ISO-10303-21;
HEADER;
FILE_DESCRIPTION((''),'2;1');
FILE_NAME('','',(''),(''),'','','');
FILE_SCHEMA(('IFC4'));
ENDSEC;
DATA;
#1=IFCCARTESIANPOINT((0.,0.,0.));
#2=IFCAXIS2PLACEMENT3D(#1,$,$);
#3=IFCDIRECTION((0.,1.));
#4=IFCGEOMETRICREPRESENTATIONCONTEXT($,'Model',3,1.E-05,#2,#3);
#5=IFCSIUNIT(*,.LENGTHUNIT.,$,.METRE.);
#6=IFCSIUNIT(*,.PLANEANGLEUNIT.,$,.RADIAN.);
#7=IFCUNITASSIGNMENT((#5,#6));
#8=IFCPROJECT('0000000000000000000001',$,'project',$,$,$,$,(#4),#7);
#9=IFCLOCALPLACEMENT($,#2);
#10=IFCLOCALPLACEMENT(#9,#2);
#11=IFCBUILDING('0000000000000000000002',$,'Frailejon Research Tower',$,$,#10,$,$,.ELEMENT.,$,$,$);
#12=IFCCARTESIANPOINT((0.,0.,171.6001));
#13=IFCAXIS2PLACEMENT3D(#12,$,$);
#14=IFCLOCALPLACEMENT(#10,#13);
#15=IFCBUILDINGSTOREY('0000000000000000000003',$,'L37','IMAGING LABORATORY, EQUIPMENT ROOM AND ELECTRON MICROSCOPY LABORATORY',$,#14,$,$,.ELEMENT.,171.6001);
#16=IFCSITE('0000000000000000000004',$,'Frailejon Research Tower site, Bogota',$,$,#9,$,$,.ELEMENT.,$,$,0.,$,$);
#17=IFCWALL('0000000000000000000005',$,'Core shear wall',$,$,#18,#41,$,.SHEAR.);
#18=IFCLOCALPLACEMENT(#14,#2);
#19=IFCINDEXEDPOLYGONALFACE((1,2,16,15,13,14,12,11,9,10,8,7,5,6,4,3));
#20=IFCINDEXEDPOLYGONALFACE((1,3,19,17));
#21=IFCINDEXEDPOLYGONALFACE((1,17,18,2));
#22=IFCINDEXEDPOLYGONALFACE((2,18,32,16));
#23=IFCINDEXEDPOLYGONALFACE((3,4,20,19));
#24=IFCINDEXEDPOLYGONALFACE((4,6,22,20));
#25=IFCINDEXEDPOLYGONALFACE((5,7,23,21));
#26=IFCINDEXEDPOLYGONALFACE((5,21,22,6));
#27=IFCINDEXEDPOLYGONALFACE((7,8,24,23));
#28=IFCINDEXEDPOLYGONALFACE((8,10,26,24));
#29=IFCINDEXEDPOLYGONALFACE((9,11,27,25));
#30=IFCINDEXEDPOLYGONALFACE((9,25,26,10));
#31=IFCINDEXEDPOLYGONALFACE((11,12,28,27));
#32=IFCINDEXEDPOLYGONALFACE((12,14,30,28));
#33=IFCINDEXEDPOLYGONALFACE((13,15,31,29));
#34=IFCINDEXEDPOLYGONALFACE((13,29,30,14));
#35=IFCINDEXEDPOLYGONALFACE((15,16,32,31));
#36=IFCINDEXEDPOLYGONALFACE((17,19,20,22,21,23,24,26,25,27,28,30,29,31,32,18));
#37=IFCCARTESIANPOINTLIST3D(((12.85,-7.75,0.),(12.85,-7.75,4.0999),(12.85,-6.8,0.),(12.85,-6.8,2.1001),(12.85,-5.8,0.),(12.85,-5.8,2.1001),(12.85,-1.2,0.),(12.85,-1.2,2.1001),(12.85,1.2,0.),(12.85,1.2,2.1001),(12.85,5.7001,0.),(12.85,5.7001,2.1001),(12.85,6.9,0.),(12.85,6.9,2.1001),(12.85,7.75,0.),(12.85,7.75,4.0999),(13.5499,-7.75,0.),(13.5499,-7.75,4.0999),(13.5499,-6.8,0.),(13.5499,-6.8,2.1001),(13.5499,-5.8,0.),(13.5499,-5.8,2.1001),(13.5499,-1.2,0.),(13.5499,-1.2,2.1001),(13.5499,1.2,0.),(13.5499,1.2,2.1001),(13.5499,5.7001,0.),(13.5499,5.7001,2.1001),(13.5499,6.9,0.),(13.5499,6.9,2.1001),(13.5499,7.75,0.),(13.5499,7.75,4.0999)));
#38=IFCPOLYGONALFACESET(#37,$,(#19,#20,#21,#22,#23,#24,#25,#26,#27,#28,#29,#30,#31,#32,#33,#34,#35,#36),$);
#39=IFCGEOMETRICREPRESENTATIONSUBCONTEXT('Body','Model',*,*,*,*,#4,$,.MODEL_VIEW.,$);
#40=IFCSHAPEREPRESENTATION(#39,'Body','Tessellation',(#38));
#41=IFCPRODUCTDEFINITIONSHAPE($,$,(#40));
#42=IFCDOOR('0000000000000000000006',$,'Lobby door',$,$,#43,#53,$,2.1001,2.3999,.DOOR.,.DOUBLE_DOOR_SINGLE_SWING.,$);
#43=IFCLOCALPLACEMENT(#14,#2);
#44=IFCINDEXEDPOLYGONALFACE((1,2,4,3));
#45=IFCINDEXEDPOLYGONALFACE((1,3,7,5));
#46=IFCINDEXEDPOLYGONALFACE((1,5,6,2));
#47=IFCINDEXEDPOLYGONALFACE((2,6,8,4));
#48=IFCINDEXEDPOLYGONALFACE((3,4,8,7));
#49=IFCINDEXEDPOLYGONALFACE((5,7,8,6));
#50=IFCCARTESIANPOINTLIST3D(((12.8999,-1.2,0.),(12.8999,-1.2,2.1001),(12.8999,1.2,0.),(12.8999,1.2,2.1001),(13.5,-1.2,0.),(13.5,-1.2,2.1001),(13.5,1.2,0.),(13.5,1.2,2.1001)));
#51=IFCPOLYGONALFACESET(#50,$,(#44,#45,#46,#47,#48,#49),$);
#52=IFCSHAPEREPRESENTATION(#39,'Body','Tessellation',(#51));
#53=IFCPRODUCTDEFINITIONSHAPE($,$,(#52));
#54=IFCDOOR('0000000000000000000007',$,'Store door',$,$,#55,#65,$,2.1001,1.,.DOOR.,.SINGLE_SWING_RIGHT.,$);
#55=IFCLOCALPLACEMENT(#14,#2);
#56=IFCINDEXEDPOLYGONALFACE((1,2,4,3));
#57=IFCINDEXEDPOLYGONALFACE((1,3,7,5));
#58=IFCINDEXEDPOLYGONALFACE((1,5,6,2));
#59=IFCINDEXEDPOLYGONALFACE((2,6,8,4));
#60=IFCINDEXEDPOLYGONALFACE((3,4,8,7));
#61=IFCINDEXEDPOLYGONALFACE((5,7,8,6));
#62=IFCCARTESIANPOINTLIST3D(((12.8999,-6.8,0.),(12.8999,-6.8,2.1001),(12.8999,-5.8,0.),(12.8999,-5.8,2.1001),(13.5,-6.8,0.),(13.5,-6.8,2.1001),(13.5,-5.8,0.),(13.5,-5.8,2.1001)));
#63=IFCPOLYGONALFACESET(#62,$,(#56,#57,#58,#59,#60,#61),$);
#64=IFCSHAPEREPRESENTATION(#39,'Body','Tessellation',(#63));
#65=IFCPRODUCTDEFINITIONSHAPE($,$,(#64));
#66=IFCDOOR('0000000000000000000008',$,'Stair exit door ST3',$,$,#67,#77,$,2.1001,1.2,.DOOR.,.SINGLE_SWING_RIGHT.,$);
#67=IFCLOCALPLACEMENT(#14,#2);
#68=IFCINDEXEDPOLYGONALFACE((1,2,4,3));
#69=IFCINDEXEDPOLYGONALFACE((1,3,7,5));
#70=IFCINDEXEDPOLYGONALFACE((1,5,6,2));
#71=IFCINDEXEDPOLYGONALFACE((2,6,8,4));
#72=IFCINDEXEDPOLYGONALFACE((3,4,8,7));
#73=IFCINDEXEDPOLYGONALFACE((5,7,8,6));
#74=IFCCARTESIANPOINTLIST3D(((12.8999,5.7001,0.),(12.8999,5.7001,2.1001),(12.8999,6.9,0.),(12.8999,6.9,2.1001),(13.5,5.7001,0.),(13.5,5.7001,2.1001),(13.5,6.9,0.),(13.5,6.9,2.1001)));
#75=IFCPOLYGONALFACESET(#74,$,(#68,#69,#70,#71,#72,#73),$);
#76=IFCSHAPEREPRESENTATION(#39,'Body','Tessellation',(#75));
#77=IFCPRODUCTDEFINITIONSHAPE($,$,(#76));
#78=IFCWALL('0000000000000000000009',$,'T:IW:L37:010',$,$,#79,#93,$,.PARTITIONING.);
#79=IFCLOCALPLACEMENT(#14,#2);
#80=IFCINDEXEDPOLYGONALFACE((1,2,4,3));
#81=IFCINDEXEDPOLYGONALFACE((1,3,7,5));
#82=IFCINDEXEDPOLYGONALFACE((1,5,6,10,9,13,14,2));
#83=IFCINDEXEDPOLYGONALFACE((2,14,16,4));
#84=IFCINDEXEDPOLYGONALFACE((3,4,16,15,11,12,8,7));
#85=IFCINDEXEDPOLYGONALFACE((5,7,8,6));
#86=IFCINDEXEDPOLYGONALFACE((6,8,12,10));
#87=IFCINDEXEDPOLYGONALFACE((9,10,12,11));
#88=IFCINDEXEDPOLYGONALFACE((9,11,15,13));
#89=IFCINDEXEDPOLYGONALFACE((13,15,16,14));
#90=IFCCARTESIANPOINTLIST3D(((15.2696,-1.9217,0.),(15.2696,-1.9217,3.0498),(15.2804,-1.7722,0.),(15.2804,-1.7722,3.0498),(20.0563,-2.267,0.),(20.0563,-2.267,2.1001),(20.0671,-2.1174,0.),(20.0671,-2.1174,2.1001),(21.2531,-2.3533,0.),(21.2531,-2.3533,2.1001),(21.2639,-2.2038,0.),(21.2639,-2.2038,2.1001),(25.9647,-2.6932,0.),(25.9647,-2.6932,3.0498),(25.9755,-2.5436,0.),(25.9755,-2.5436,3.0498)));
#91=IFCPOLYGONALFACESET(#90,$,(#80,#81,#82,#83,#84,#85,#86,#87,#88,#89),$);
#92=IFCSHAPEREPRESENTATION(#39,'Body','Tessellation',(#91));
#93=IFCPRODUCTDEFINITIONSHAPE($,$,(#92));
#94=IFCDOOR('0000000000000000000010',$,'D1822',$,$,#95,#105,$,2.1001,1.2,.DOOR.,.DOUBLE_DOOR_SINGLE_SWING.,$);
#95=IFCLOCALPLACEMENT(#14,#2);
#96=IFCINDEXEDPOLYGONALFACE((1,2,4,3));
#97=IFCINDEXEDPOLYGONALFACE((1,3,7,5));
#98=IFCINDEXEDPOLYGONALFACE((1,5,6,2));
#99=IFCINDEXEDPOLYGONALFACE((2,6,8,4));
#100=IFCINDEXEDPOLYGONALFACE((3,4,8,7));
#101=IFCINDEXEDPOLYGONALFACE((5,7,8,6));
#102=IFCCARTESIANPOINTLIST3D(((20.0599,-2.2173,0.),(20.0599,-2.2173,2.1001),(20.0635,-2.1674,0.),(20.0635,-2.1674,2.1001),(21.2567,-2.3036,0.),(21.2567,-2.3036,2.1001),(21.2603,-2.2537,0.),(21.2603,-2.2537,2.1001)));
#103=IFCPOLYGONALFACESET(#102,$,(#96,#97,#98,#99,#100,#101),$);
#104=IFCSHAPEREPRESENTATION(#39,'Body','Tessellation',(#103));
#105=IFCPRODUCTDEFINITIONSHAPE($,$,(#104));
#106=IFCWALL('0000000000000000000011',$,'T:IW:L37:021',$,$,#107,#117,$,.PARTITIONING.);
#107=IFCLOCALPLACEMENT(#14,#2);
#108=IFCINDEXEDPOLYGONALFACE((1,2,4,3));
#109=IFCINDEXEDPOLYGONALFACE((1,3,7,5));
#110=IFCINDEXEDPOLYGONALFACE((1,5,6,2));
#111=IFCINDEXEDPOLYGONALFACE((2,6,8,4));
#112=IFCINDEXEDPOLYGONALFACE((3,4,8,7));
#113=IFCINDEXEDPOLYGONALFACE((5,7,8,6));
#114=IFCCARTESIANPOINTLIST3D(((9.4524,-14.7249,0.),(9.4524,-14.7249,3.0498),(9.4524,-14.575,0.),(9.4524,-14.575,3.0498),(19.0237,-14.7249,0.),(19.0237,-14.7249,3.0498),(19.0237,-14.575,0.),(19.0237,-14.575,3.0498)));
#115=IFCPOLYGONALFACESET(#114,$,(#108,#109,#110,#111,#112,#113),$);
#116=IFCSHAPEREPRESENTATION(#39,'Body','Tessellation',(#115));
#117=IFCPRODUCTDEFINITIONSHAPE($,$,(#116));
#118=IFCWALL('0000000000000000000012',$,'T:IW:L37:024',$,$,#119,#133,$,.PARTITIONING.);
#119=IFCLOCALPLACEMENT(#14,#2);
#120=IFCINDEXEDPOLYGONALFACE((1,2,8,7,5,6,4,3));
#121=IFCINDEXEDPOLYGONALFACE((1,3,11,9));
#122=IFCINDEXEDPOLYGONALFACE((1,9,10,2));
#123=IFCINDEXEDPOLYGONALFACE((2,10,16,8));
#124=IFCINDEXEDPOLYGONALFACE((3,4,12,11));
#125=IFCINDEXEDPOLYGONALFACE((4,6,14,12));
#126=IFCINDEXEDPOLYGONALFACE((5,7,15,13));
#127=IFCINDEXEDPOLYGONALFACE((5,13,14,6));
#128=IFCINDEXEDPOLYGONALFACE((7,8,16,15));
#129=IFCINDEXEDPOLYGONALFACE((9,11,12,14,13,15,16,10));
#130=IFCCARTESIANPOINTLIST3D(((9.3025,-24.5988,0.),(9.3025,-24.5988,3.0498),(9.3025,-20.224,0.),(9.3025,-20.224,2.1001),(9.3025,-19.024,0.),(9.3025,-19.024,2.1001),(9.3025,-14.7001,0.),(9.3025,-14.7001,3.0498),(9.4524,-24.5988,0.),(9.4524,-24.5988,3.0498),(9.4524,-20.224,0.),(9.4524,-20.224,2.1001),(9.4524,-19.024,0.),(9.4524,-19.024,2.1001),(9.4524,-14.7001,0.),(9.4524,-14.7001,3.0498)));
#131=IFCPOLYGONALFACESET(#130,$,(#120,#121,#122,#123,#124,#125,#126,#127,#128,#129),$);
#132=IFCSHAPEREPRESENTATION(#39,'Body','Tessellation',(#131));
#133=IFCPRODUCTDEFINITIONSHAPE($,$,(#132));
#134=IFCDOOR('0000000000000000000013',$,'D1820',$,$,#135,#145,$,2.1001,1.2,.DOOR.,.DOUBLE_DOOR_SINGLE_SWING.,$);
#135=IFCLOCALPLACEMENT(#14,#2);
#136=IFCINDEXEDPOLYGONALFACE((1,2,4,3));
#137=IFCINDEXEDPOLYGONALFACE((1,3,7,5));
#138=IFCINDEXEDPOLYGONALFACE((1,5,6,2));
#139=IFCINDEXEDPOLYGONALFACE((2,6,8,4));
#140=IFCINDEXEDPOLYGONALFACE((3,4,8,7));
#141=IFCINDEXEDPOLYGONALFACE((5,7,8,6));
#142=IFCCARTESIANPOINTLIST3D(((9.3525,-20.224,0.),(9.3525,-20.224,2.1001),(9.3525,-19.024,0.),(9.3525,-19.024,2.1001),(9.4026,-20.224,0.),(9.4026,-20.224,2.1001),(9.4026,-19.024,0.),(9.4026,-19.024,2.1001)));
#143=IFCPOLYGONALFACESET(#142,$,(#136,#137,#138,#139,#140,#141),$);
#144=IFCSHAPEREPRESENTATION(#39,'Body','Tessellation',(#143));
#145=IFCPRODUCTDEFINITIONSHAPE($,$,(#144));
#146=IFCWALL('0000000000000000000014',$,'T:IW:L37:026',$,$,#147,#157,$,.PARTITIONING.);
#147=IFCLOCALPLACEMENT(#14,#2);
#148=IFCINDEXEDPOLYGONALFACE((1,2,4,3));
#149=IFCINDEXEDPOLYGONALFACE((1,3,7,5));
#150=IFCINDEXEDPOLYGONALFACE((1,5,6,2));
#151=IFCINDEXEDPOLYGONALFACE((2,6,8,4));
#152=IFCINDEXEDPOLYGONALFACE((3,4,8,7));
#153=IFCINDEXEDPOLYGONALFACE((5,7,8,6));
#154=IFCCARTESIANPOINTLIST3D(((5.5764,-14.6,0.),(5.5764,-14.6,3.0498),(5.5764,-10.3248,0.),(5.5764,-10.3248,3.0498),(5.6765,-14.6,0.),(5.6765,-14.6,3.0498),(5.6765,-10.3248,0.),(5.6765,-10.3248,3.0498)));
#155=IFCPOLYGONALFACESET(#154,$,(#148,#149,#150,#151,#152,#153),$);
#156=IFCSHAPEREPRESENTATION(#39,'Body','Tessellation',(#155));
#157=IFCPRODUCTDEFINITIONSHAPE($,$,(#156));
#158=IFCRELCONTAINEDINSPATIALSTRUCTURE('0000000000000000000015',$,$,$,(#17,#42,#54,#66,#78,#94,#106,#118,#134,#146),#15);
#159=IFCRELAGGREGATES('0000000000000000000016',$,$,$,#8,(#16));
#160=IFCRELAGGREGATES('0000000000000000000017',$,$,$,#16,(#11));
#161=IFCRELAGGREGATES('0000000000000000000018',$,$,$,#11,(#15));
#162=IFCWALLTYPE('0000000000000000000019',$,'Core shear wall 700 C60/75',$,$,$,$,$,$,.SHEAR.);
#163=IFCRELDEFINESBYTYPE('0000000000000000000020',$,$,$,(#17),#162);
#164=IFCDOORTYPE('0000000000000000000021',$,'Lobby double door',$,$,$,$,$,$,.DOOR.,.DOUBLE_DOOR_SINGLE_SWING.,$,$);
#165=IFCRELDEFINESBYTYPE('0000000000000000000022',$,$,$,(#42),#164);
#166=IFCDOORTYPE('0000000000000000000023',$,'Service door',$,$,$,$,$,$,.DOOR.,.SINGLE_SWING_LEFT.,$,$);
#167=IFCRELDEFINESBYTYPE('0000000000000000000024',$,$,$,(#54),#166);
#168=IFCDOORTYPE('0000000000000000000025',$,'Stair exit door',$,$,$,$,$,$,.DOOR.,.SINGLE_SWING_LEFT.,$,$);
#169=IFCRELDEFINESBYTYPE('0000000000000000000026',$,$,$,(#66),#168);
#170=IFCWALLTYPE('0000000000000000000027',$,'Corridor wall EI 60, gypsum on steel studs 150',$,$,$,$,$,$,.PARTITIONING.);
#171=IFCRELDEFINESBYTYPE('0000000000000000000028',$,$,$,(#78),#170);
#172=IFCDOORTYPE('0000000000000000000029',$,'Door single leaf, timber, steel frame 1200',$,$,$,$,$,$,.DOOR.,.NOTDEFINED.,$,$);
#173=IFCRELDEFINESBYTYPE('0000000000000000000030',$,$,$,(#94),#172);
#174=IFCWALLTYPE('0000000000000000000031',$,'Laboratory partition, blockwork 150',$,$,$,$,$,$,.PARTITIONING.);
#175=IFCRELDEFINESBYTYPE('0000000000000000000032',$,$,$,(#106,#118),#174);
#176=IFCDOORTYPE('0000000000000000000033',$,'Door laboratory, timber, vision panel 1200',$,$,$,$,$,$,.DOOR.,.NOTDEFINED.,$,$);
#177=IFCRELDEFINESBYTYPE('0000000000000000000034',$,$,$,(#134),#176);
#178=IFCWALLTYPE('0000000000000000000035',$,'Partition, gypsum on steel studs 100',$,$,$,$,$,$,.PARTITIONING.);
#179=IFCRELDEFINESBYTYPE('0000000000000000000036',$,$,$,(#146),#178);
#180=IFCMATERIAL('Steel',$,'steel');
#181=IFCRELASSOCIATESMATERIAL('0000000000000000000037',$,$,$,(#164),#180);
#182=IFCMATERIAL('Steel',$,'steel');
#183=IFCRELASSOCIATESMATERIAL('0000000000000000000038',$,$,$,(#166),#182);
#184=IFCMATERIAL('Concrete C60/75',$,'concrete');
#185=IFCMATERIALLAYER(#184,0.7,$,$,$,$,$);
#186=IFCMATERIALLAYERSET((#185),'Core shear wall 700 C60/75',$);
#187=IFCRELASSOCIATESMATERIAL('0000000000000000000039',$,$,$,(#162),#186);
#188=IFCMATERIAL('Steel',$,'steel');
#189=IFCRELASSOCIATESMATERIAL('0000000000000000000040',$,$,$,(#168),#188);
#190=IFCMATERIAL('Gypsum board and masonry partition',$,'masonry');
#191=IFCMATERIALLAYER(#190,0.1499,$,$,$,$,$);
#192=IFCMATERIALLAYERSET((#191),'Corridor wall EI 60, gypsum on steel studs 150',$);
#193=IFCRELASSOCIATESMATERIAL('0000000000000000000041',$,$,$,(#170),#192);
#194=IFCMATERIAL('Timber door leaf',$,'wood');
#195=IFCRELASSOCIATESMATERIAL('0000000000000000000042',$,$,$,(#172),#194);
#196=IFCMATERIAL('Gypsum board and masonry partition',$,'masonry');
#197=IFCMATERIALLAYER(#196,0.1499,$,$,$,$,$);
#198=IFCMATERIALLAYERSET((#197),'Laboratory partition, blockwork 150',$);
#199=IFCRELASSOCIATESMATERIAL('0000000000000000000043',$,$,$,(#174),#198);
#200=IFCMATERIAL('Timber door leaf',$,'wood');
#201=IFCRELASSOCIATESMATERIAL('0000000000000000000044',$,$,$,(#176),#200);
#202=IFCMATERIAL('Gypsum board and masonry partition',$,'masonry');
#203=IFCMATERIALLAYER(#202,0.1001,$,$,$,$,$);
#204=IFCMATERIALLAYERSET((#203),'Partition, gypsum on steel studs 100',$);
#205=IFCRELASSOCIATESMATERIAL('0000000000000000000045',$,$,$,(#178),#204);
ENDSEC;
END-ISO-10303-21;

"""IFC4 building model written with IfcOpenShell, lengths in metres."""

from ifc_helpers import new_model, si_unit, direction, frame, frame_2d, origin, place, context, subcontext, project, spatial, rectangle, extrude, material, layer, layer_set, type_object, element, fill, save


model = new_model("IFC4")

# Units and contexts
model_context = context("Model", 3, precision=1e-05, world=origin(), true_north=direction((0.0, 1.0)))
body_context = subcontext(model_context, "Body", "Model", "MODEL_VIEW")
ifc_project = project(units=[si_unit("LENGTHUNIT", "METRE"), si_unit("PLANEANGLEUNIT", "RADIAN")], contexts=[model_context])

# Site, building, storey
site_placement = place(None, origin())
site = spatial("IfcSite", under=ifc_project, at=site_placement, Name="Frailejon Research Tower site, Bogota", CompositionType="ELEMENT", RefElevation=0.0)
building_placement = place(site_placement, origin())
building = spatial("IfcBuilding", under=site, at=building_placement, Name="Frailejon Research Tower", CompositionType="ELEMENT")
storey_placement = place(building_placement, frame((0.0, 0.0, 171.6001)))
storey = spatial("IfcBuildingStorey", under=building, at=storey_placement, Name="L37", Description="IMAGING LABORATORY, EQUIPMENT ROOM AND ELECTRON MICROSCOPY LABORATORY", CompositionType="ELEMENT", Elevation=171.6001)

# Wall, openings, doors
ifc_material_1 = material(Name="Steel", Category="steel")
door_type_1 = type_object("IfcDoorType", Name="Lobby double door", OperationType="DOUBLE_DOOR_SINGLE_SWING", PredefinedType="DOOR", material=ifc_material_1)
ifc_material_2 = material(Name="Steel", Category="steel")
door_type_2 = type_object("IfcDoorType", Name="Service door", OperationType="SINGLE_SWING_LEFT", PredefinedType="DOOR", material=ifc_material_2)
ifc_material_3 = material(Name="Concrete C60/75", Category="concrete")
ifc_layer_1 = layer(ifc_material_3, 0.7)
ifc_layer_set_1 = layer_set([ifc_layer_1], Name="Core shear wall 700 C60/75")
wall_type_1 = type_object("IfcWallType", Name="Core shear wall 700 C60/75", PredefinedType="SHEAR", material=ifc_layer_set_1)
wall_1_placement = place(storey_placement, frame((13.2, -7.75, 0.0), z_axis=(0.0, 0.0, 1.0), x_axis=(0.0, 1.0, 0.0)))
wall_1 = element("IfcWall", 1, at=wall_1_placement, inside=storey, type_object=wall_type_1, Name="Core shear wall", PredefinedType="SHEAR", context=body_context, shape_type="SweptSolid", body=[
    extrude(rectangle(XDim=15.5, YDim=0.7, at=frame_2d((7.75, 0.0))), origin(), (0.0, 0.0, 1.0), 4.0999),
])
opening_1_placement = place(wall_1_placement, frame((6.55, 0.0, 0.0)))
opening_1 = element("IfcOpeningElement", 2, at=opening_1_placement, cuts=wall_1, PredefinedType="OPENING", context=body_context, shape_type="SweptSolid", body=[
    extrude(rectangle(XDim=2.3999, YDim=2.1001, at=frame_2d((1.2, 1.05))), frame((0.0, 0.3599, 0.0), z_axis=(0.0, -1.0, 0.0), x_axis=(1.0, 0.0, 0.0)), (0.0, 0.0, 1.0), 0.72),
])
opening_2_placement = place(wall_1_placement, frame((13.45, 0.0, 0.0)))
opening_2 = element("IfcOpeningElement", 3, at=opening_2_placement, cuts=wall_1, PredefinedType="OPENING", context=body_context, shape_type="SweptSolid", body=[
    extrude(rectangle(XDim=1.2, YDim=2.1001, at=frame_2d((0.6001, 1.05))), frame((0.0, 0.3599, 0.0), z_axis=(0.0, -1.0, 0.0), x_axis=(1.0, 0.0, 0.0)), (0.0, 0.0, 1.0), 0.72),
])
opening_3_placement = place(wall_1_placement, frame((0.95, 0.0, 0.0)))
opening_3 = element("IfcOpeningElement", 4, at=opening_3_placement, cuts=wall_1, PredefinedType="OPENING", context=body_context, shape_type="SweptSolid", body=[
    extrude(rectangle(XDim=1.0, YDim=2.1001, at=frame_2d((0.5, 1.05))), frame((0.0, 0.3599, 0.0), z_axis=(0.0, -1.0, 0.0), x_axis=(1.0, 0.0, 0.0)), (0.0, 0.0, 1.0), 0.72),
])
door_1_placement = place(opening_1_placement, origin())
door_1 = element("IfcDoor", 5, at=door_1_placement, inside=storey, type_object=door_type_1, Name="Lobby door", OperationType="DOUBLE_DOOR_SINGLE_SWING", OverallHeight=2.1001, OverallWidth=2.3999, PredefinedType="DOOR", context=body_context, shape_type="SweptSolid", body=[
    extrude(rectangle(XDim=2.3999, YDim=2.1001, at=frame_2d((1.2, 1.05))), frame((0.0, 0.3, 0.0), z_axis=(0.0, -1.0, 0.0), x_axis=(1.0, 0.0, 0.0)), (0.0, 0.0, 1.0), 0.6001),
])
fill(opening_1, door_1)
door_2_placement = place(opening_3_placement, origin())
door_2 = element("IfcDoor", 6, at=door_2_placement, inside=storey, type_object=door_type_2, Name="Store door", OperationType="SINGLE_SWING_RIGHT", OverallHeight=2.1001, OverallWidth=1.0, PredefinedType="DOOR", context=body_context, shape_type="SweptSolid", body=[
    extrude(rectangle(XDim=1.0, YDim=2.1001, at=frame_2d((0.5, 1.05))), frame((0.0, 0.3, 0.0), z_axis=(0.0, -1.0, 0.0), x_axis=(1.0, 0.0, 0.0)), (0.0, 0.0, 1.0), 0.6001),
])
fill(opening_3, door_2)
ifc_material_4 = material(Name="Steel", Category="steel")
door_type_3 = type_object("IfcDoorType", Name="Stair exit door", OperationType="SINGLE_SWING_LEFT", PredefinedType="DOOR", material=ifc_material_4)
door_3_placement = place(opening_2_placement, origin())
door_3 = element("IfcDoor", 7, at=door_3_placement, inside=storey, type_object=door_type_3, Name="Stair exit door ST3", OperationType="SINGLE_SWING_RIGHT", OverallHeight=2.1001, OverallWidth=1.2, PredefinedType="DOOR", context=body_context, shape_type="SweptSolid", body=[
    extrude(rectangle(XDim=1.2, YDim=2.1001, at=frame_2d((0.6001, 1.05))), frame((0.0, 0.3, 0.0), z_axis=(0.0, -1.0, 0.0), x_axis=(1.0, 0.0, 0.0)), (0.0, 0.0, 1.0), 0.6001),
])
fill(opening_2, door_3)

# Wall, opening, door
ifc_material_5 = material(Name="Gypsum board and masonry partition", Category="masonry")
ifc_layer_2 = layer(ifc_material_5, 0.1499)
ifc_layer_set_2 = layer_set([ifc_layer_2], Name="Corridor wall EI 60, gypsum on steel studs 150")
wall_type_2 = type_object("IfcWallType", Name="Corridor wall EI 60, gypsum on steel studs 150", PredefinedType="PARTITIONING", material=ifc_layer_set_2)
wall_2_placement = place(storey_placement, frame((15.2751, -1.8469, 0.0), z_axis=(0.0, 0.0, 1.0), x_axis=(0.997408, -0.071948, 0.0)))
wall_2 = element("IfcWall", 8, at=wall_2_placement, inside=storey, type_object=wall_type_2, Name="T:IW:L37:010", PredefinedType="PARTITIONING", context=body_context, shape_type="SweptSolid", body=[
    extrude(rectangle(XDim=10.7229, YDim=0.1499, at=frame_2d((5.3613, 0.0))), origin(), (0.0, 0.0, 1.0), 3.0498),
])
opening_4_placement = place(wall_2_placement, frame((4.7988, 0.0, 0.0)))
opening_4 = element("IfcOpeningElement", 9, at=opening_4_placement, cuts=wall_2, PredefinedType="OPENING", context=body_context, shape_type="SweptSolid", body=[
    extrude(rectangle(XDim=1.2, YDim=2.1001, at=frame_2d((0.6001, 1.05))), frame((0.0, 0.085, 0.0), z_axis=(0.0, -1.0, 0.0), x_axis=(1.0, 0.0, 0.0)), (0.0, 0.0, 1.0), 0.1699),
])
ifc_material_6 = material(Name="Timber door leaf", Category="wood")
door_type_4 = type_object("IfcDoorType", Name="Door single leaf, timber, steel frame 1200", OperationType="NOTDEFINED", PredefinedType="DOOR", material=ifc_material_6)
door_4_placement = place(opening_4_placement, origin())
door_4 = element("IfcDoor", 10, at=door_4_placement, inside=storey, type_object=door_type_4, Name="D1822", OperationType="DOUBLE_DOOR_SINGLE_SWING", OverallHeight=2.1001, OverallWidth=1.2, PredefinedType="DOOR", context=body_context, shape_type="SweptSolid", body=[
    extrude(rectangle(XDim=1.2, YDim=2.1001, at=frame_2d((0.6001, 1.05))), frame((0.0, 0.0249, 0.0), z_axis=(0.0, -1.0, 0.0), x_axis=(1.0, 0.0, 0.0)), (0.0, 0.0, 1.0), 0.05),
])
fill(opening_4, door_4)

# Wall
ifc_material_7 = material(Name="Gypsum board and masonry partition", Category="masonry")
ifc_layer_3 = layer(ifc_material_7, 0.1499)
ifc_layer_set_3 = layer_set([ifc_layer_3], Name="Laboratory partition, blockwork 150")
wall_type_3 = type_object("IfcWallType", Name="Laboratory partition, blockwork 150", PredefinedType="PARTITIONING", material=ifc_layer_set_3)
wall_3_placement = place(storey_placement, frame((9.4524, -14.6499, 0.0), z_axis=(0.0, 0.0, 1.0), x_axis=(1.0, 0.0, 0.0)))
element("IfcWall", 11, at=wall_3_placement, inside=storey, type_object=wall_type_3, Name="T:IW:L37:021", PredefinedType="PARTITIONING", context=body_context, shape_type="SweptSolid", body=[
    extrude(rectangle(XDim=9.5713, YDim=0.1499, at=frame_2d((4.7856, 0.0))), origin(), (0.0, 0.0, 1.0), 3.0498),
])

# Wall, opening, door
wall_4_placement = place(storey_placement, frame((9.3774, -24.5986, 0.0), z_axis=(0.0, 0.0, 1.0), x_axis=(0.0, 1.0, 0.0)))
wall_4 = element("IfcWall", 12, at=wall_4_placement, inside=storey, type_object=wall_type_3, Name="T:IW:L37:024", PredefinedType="PARTITIONING", context=body_context, shape_type="SweptSolid", body=[
    extrude(rectangle(XDim=9.8987, YDim=0.1499, at=frame_2d((4.9492, 0.0))), origin(), (0.0, 0.0, 1.0), 3.0498),
])
opening_5_placement = place(wall_4_placement, frame((4.3745, 0.0, 0.0)))
opening_5 = element("IfcOpeningElement", 13, at=opening_5_placement, cuts=wall_4, PredefinedType="OPENING", context=body_context, shape_type="SweptSolid", body=[
    extrude(rectangle(XDim=1.2, YDim=2.1001, at=frame_2d((0.6001, 1.05))), frame((0.0, 0.085, 0.0), z_axis=(0.0, -1.0, 0.0), x_axis=(1.0, 0.0, 0.0)), (0.0, 0.0, 1.0), 0.1699),
])
ifc_material_8 = material(Name="Timber door leaf", Category="wood")
door_type_5 = type_object("IfcDoorType", Name="Door laboratory, timber, vision panel 1200", OperationType="NOTDEFINED", PredefinedType="DOOR", material=ifc_material_8)
door_5_placement = place(opening_5_placement, origin())
door_5 = element("IfcDoor", 14, at=door_5_placement, inside=storey, type_object=door_type_5, Name="D1820", OperationType="DOUBLE_DOOR_SINGLE_SWING", OverallHeight=2.1001, OverallWidth=1.2, PredefinedType="DOOR", context=body_context, shape_type="SweptSolid", body=[
    extrude(rectangle(XDim=1.2, YDim=2.1001, at=frame_2d((0.6001, 1.05))), frame((0.0, 0.0249, 0.0), z_axis=(0.0, -1.0, 0.0), x_axis=(1.0, 0.0, 0.0)), (0.0, 0.0, 1.0), 0.05),
])
fill(opening_5, door_5)

# Wall
ifc_material_9 = material(Name="Gypsum board and masonry partition", Category="masonry")
ifc_layer_4 = layer(ifc_material_9, 0.1001)
ifc_layer_set_4 = layer_set([ifc_layer_4], Name="Partition, gypsum on steel studs 100")
wall_type_4 = type_object("IfcWallType", Name="Partition, gypsum on steel studs 100", PredefinedType="PARTITIONING", material=ifc_layer_set_4)
wall_5_placement = place(storey_placement, frame((5.6265, -14.6001, 0.0), z_axis=(0.0, 0.0, 1.0), x_axis=(0.0, 1.0, 0.0)))
element("IfcWall", 15, at=wall_5_placement, inside=storey, type_object=wall_type_4, Name="T:IW:L37:026", PredefinedType="PARTITIONING", context=body_context, shape_type="SweptSolid", body=[
    extrude(rectangle(XDim=4.2751, YDim=0.1001, at=frame_2d((2.1377, 0.0))), origin(), (0.0, 0.0, 1.0), 3.0498),
])

save(model, "model.ifc")
